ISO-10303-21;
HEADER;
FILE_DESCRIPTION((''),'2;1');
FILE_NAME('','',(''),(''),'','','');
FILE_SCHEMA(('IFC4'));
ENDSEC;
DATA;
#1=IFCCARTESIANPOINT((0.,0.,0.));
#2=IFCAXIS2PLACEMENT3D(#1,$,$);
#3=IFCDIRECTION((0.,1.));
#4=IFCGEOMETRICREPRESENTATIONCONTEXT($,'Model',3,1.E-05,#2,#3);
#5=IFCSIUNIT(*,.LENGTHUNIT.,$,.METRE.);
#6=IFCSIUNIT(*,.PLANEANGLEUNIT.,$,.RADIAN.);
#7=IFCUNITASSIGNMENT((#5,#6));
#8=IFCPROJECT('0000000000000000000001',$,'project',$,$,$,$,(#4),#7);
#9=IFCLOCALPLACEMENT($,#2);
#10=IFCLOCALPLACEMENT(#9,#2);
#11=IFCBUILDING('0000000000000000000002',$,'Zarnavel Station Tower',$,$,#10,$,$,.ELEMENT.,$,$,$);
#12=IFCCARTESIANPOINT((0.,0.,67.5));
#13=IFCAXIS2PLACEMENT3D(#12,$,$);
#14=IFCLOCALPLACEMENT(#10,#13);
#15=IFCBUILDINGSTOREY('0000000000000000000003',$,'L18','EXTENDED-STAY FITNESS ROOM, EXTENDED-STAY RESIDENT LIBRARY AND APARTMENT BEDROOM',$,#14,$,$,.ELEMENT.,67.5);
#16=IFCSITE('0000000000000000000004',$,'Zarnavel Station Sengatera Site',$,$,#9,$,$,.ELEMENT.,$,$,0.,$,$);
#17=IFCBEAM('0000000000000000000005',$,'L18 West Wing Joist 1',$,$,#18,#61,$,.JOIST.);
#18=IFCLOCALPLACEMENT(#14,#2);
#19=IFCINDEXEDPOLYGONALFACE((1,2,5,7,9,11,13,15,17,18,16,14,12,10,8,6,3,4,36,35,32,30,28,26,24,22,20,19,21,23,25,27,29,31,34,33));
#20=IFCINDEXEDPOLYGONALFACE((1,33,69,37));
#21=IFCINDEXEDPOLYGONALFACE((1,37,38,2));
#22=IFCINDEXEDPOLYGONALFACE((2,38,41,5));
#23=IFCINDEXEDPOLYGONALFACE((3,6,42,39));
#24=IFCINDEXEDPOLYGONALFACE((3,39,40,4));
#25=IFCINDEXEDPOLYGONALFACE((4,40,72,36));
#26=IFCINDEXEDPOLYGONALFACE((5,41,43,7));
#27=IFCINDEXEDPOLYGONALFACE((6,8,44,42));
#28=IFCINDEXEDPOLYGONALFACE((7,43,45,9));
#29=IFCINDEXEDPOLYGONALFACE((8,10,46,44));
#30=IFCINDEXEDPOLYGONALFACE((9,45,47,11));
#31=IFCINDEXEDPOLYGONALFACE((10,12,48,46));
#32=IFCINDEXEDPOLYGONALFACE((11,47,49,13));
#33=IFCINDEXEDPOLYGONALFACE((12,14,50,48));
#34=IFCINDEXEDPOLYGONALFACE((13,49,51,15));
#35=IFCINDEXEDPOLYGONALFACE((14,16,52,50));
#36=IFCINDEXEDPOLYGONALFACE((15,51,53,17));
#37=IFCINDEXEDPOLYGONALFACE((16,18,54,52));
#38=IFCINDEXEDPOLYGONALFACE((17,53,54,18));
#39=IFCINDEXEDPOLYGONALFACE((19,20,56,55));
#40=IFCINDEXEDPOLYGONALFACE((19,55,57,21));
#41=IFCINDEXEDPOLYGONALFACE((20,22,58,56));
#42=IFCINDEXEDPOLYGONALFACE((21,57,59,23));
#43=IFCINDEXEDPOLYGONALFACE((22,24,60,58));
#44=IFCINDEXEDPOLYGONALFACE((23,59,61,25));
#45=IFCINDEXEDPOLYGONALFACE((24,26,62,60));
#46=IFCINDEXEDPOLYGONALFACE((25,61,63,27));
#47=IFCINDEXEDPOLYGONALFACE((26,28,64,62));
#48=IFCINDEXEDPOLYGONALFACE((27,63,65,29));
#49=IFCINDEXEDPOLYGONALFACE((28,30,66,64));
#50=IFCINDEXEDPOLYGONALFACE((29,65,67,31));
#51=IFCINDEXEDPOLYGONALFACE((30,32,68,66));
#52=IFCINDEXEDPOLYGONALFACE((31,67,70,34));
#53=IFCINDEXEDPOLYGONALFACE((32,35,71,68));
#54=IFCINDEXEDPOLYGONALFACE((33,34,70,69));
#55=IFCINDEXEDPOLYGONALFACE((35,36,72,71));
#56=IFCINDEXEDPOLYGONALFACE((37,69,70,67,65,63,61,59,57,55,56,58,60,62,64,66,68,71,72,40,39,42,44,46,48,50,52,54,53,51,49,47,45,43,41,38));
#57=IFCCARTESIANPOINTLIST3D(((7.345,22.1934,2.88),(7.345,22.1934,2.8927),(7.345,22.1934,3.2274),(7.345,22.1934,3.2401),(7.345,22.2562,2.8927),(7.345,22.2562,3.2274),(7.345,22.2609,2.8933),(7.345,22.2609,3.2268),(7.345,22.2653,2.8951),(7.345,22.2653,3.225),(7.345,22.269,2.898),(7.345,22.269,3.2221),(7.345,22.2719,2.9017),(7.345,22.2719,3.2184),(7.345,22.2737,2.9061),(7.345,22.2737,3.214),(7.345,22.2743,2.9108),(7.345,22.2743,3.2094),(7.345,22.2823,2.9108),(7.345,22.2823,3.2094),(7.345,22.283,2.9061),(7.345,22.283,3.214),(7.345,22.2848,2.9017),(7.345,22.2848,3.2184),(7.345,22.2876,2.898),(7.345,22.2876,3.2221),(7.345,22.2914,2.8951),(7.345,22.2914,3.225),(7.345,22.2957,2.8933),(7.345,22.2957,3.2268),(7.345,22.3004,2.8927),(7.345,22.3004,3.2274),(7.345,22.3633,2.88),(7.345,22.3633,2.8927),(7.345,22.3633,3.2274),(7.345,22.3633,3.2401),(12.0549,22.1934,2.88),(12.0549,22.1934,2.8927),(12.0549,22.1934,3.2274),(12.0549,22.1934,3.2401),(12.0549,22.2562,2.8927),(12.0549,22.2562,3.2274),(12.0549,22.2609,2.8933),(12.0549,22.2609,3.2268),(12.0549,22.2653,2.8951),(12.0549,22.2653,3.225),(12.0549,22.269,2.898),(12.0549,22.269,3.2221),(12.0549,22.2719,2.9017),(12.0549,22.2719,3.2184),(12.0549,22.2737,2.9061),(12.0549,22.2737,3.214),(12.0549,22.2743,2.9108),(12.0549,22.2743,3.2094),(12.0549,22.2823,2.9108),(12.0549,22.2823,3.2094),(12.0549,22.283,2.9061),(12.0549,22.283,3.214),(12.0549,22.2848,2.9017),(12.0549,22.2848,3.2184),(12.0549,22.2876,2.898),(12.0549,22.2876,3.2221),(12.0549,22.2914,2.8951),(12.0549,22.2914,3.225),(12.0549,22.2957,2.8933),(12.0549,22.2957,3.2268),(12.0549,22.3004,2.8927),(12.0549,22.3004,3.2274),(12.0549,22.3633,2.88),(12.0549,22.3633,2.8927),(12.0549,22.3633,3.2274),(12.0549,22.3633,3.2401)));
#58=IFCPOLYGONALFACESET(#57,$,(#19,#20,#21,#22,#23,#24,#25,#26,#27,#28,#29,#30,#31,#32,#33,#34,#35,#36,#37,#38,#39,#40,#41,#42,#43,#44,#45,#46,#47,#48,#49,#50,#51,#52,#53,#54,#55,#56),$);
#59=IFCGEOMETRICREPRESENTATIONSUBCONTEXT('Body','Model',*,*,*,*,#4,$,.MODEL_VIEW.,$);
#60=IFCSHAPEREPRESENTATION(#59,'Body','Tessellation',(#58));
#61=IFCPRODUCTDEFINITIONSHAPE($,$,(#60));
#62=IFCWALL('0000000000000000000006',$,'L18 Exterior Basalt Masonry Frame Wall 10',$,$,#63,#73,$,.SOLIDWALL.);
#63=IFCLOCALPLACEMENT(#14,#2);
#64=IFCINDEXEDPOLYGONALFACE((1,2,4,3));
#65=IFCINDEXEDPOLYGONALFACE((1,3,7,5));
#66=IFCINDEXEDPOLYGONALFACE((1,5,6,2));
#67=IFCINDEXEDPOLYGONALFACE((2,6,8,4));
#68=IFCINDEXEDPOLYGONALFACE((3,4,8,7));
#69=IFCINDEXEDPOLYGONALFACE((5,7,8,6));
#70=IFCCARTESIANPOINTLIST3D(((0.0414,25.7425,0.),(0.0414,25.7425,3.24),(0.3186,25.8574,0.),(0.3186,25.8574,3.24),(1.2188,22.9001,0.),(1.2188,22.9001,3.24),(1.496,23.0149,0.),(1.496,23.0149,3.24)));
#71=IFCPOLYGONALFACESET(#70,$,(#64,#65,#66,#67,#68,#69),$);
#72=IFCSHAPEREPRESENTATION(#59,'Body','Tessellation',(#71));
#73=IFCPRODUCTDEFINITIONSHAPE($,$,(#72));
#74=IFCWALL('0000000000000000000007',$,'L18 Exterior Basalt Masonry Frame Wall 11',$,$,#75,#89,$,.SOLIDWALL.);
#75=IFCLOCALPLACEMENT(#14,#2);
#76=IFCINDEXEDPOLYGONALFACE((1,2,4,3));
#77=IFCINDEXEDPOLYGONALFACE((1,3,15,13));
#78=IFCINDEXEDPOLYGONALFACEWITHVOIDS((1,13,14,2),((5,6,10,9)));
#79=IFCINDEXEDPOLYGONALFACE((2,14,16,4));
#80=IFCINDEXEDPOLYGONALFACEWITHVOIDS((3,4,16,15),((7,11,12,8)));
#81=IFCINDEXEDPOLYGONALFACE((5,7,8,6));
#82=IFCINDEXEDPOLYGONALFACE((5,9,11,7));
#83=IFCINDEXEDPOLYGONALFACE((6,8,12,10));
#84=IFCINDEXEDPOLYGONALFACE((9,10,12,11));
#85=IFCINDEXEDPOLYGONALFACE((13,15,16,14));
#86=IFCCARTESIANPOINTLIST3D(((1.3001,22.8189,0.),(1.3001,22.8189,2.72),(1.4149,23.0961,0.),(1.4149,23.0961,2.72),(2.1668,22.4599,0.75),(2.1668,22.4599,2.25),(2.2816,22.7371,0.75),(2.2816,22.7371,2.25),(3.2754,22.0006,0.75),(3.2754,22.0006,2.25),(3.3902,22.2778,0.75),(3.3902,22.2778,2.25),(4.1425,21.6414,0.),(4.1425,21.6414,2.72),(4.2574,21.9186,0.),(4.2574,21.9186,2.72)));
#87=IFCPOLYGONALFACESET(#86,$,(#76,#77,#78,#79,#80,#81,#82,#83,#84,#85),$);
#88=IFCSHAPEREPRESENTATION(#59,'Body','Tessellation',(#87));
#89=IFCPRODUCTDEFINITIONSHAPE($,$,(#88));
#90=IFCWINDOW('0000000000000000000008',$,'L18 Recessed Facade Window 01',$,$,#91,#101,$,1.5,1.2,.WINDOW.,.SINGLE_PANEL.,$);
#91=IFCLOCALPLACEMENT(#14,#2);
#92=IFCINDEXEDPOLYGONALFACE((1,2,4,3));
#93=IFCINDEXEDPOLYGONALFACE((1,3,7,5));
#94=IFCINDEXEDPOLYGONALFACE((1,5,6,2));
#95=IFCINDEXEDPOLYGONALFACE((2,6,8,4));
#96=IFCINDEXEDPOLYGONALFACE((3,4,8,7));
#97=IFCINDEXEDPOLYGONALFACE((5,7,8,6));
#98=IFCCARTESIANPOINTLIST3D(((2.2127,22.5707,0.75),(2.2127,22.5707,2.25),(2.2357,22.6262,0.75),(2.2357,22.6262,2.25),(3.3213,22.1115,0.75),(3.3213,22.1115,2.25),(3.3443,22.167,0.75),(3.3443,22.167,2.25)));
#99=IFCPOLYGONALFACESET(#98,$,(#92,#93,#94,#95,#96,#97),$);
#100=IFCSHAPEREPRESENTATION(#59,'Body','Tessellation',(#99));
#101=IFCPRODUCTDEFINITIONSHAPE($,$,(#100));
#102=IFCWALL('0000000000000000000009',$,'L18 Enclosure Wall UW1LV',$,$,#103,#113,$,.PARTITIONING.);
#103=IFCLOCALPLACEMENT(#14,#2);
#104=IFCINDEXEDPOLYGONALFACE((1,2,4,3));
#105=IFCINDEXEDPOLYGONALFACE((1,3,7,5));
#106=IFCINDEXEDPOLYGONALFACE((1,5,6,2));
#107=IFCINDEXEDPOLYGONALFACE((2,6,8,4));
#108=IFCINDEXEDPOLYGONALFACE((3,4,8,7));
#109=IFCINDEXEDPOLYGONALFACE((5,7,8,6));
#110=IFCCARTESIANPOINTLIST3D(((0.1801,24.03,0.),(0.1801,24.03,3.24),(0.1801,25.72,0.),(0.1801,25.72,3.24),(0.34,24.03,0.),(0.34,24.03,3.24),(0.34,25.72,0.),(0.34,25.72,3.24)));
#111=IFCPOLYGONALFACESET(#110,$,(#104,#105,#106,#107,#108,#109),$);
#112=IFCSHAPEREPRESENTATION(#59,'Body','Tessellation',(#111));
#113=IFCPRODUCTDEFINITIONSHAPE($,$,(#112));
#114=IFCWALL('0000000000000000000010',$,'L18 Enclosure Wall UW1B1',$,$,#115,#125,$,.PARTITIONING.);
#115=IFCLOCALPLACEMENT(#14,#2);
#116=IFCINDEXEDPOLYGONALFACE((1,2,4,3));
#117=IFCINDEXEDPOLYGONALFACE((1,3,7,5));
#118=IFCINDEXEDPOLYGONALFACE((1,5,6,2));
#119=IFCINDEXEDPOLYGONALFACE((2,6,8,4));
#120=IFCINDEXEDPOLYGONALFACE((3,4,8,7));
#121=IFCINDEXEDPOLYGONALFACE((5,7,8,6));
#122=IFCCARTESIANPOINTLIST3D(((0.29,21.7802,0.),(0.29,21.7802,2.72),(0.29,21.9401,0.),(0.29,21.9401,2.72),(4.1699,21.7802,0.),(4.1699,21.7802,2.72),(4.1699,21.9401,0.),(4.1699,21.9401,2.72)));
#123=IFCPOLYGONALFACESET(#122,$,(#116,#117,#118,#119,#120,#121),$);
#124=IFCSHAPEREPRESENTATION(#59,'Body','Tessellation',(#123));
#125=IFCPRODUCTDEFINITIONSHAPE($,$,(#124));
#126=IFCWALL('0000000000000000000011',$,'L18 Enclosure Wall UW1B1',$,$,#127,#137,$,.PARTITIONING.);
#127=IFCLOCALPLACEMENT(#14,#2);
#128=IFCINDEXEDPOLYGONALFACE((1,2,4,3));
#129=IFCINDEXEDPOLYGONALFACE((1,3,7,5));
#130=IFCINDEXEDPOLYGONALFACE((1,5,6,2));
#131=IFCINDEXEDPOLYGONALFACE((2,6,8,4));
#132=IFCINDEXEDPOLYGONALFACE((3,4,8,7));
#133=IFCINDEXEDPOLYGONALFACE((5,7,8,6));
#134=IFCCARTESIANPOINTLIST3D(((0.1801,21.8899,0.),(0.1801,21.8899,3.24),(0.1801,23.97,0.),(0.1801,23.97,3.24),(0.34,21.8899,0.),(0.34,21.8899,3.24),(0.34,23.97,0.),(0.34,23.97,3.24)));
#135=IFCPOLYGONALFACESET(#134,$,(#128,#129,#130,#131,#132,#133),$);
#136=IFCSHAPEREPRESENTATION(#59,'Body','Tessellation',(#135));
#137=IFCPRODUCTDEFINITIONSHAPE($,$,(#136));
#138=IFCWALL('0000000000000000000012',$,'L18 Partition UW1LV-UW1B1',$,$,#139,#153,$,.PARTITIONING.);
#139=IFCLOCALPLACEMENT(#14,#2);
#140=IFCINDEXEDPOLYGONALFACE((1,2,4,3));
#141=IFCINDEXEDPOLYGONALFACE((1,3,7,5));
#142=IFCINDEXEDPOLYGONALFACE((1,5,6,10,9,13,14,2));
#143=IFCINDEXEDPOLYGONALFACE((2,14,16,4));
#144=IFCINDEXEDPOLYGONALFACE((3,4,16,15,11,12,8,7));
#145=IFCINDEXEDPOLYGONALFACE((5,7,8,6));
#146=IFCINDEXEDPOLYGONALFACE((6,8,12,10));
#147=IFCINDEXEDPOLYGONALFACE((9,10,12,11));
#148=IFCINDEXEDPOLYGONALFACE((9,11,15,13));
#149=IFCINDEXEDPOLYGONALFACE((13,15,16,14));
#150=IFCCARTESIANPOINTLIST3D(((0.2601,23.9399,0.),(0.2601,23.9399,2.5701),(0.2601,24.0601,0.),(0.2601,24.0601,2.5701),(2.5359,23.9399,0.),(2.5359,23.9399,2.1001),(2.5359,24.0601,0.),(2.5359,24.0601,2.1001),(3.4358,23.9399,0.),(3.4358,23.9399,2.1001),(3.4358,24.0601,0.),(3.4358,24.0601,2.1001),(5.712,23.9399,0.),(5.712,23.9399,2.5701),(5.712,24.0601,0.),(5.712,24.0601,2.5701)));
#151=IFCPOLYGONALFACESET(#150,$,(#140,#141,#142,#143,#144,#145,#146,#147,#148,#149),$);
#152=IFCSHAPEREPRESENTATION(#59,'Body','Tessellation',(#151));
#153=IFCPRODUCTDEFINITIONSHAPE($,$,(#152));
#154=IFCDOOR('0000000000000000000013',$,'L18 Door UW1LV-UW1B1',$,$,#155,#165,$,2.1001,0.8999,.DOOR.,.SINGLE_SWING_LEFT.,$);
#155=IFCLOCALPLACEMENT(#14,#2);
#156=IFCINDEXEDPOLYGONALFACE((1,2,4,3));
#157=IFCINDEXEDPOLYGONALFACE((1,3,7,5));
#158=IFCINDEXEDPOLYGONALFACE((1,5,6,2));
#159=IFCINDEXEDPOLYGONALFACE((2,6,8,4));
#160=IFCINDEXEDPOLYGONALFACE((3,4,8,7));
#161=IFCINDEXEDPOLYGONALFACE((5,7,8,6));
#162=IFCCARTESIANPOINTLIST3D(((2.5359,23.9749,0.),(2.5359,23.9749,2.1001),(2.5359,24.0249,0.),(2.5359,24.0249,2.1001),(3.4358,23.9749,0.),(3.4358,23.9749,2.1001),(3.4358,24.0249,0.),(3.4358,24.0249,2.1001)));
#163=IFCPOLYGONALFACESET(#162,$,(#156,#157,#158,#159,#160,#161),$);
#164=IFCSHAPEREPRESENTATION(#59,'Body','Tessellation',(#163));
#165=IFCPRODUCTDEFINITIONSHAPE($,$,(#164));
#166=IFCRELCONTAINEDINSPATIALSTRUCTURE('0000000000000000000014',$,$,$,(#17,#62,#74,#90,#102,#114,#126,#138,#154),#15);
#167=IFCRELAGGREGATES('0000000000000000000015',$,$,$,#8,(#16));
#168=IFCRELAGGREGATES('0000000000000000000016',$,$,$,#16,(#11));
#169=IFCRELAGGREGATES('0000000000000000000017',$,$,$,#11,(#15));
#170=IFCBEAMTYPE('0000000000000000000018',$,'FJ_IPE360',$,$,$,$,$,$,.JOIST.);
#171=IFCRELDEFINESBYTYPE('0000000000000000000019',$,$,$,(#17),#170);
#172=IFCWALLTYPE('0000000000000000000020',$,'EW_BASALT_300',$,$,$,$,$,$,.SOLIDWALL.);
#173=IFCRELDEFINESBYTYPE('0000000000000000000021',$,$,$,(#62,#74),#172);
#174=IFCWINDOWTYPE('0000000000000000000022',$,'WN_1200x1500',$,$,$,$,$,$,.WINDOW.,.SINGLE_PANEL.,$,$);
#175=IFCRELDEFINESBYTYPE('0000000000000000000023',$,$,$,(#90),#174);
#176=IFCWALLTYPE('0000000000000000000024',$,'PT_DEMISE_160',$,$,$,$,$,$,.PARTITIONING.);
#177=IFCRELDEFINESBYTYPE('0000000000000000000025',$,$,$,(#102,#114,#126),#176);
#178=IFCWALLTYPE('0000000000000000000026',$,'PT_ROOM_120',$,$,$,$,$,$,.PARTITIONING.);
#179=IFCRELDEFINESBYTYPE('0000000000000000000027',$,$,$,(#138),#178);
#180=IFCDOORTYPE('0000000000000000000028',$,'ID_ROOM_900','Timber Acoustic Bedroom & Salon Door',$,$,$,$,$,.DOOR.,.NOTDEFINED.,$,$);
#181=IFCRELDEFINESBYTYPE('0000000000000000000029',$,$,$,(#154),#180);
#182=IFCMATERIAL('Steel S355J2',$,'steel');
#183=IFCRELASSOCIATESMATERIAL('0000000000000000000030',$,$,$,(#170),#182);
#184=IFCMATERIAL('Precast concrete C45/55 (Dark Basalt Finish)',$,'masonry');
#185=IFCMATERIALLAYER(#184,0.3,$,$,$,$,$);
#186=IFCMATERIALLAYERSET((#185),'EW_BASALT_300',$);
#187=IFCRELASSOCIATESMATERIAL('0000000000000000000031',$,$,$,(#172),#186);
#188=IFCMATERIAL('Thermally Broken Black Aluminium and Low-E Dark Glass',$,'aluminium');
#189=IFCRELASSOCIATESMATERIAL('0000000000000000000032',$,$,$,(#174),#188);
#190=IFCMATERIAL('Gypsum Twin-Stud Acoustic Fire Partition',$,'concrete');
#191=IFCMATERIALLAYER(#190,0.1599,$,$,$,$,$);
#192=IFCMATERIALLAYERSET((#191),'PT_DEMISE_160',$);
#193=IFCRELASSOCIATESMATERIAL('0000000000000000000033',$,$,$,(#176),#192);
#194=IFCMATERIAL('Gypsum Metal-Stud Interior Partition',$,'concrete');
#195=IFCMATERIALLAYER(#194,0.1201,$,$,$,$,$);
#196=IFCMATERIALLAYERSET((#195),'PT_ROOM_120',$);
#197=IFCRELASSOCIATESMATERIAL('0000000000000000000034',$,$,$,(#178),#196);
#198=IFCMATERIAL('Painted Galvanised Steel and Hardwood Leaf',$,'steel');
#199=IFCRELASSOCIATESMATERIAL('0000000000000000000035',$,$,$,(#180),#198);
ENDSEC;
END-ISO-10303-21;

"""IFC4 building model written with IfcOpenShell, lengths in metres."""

from ifc_helpers import new_model, si_unit, direction, frame, frame_2d, origin, origin_2d, place, context, subcontext, project, spatial, rectangle, i_section, extrude, material, layer, layer_set, material_profile, profile_set, type_object, element, fill, save


model = new_model("IFC4")

# Units and contexts
model_context = context("Model", 3, precision=1e-05, world=origin(), true_north=direction((0.0, 1.0)))
body_context = subcontext(model_context, "Body", "Model", "MODEL_VIEW")
ifc_project = project(units=[si_unit("LENGTHUNIT", "METRE"), si_unit("PLANEANGLEUNIT", "RADIAN")], contexts=[model_context])

# Site, building, storey
site_placement = place(None, origin())
site = spatial("IfcSite", under=ifc_project, at=site_placement, Name="Zarnavel Station Sengatera Site", CompositionType="ELEMENT", RefElevation=0.0)
building_placement = place(site_placement, origin())
building = spatial("IfcBuilding", under=site, at=building_placement, Name="Zarnavel Station Tower", CompositionType="ELEMENT")
storey_placement = place(building_placement, frame((0.0, 0.0, 67.5)))
storey = spatial("IfcBuildingStorey", under=building, at=storey_placement, Name="L18", Description="EXTENDED-STAY FITNESS ROOM, EXTENDED-STAY RESIDENT LIBRARY AND APARTMENT BEDROOM", CompositionType="ELEMENT", Elevation=67.5)

# Beam
ifc_material_1 = material(Name="Steel S355J2", Category="steel")
ifc_material_profile_1 = material_profile(ifc_material_1, i_section(OverallWidth=0.1699, OverallDepth=0.3601, WebThickness=0.0081, FlangeThickness=0.0127, FilletRadius=0.0181, at=origin_2d()), Name="IPE360")
ifc_profile_set_1 = profile_set([ifc_material_profile_1], Name="Steel S355J2")
beam_type_1 = type_object("IfcBeamType", Name="FJ_IPE360", PredefinedType="JOIST", material=ifc_profile_set_1)
beam_1_placement = place(storey_placement, frame((7.345, 22.2783, 3.0601), z_axis=(1.0, 0.0, 0.0), x_axis=(0.0, 1.0, 0.0)))
element("IfcBeam", 1, at=beam_1_placement, inside=storey, type_object=beam_type_1, Name="L18 West Wing Joist 1", PredefinedType="JOIST", context=body_context, shape_type="SweptSolid", body=[
    extrude(i_section(OverallWidth=0.1699, OverallDepth=0.3601, WebThickness=0.0081, FlangeThickness=0.0127, FilletRadius=0.0181, at=origin_2d()), origin(), (0.0, 0.0, 1.0), 4.71),
])

# Wall
ifc_material_2 = material(Name="Precast concrete C45/55 (Dark Basalt Finish)", Category="masonry")
ifc_layer_1 = layer(ifc_material_2, 0.3)
ifc_layer_set_1 = layer_set([ifc_layer_1], Name="EW_BASALT_300")
wall_type_1 = type_object("IfcWallType", Name="EW_BASALT_300", PredefinedType="SOLIDWALL", material=ifc_layer_set_1)
wall_1_placement = place(storey_placement, frame((1.3574, 22.9575, 0.0), z_axis=(0.0, 0.0, 1.0), x_axis=(-0.382705, 0.923871, 0.0)))
element("IfcWall", 2, at=wall_1_placement, inside=storey, type_object=wall_type_1, Name="L18 Exterior Basalt Masonry Frame Wall 10", PredefinedType="SOLIDWALL", context=body_context, shape_type="SweptSolid", body=[
    extrude(rectangle(XDim=3.0767, YDim=0.3, at=frame_2d((1.5383, 0.0))), origin(), (0.0, 0.0, 1.0), 3.24),
])

# Wall, opening, window
wall_2_placement = place(storey_placement, frame((4.2, 21.78, 0.0), z_axis=(0.0, 0.0, 1.0), x_axis=(-0.923871, 0.382705, 0.0)))
wall_2 = element("IfcWall", 3, at=wall_2_placement, inside=storey, type_object=wall_type_1, Name="L18 Exterior Basalt Masonry Frame Wall 11", PredefinedType="SOLIDWALL", context=body_context, shape_type="SweptSolid", body=[
    extrude(rectangle(XDim=3.0767, YDim=0.3, at=frame_2d((1.5383, 0.0))), origin(), (0.0, 0.0, 1.0), 2.72),
])
opening_1_placement = place(wall_2_placement, frame((0.9385, 0.0, 0.75)))
opening_1 = element("IfcOpeningElement", 4, at=opening_1_placement, cuts=wall_2, PredefinedType="OPENING", context=body_context, shape_type="SweptSolid", body=[
    extrude(rectangle(XDim=1.2, YDim=1.5, at=frame_2d((0.6001, 0.75))), frame((0.0, 0.1599, 0.0), z_axis=(0.0, -1.0, 0.0), x_axis=(1.0, 0.0, 0.0)), (0.0, 0.0, 1.0), 0.3201),
])
ifc_material_3 = material(Name="Thermally Broken Black Aluminium and Low-E Dark Glass", Category="aluminium")
window_type = type_object("IfcWindowType", Name="WN_1200x1500", PartitioningType="SINGLE_PANEL", PredefinedType="WINDOW", material=ifc_material_3)
window_placement = place(opening_1_placement, origin())
window = element("IfcWindow", 5, at=window_placement, inside=storey, type_object=window_type, Name="L18 Recessed Facade Window 01", OverallHeight=1.5, OverallWidth=1.2, PartitioningType="SINGLE_PANEL", PredefinedType="WINDOW", context=body_context, shape_type="SweptSolid", body=[
    extrude(rectangle(XDim=1.2, YDim=1.5, at=frame_2d((0.6001, 0.75))), frame((0.0, 0.03, 0.0), z_axis=(0.0, -1.0, 0.0), x_axis=(1.0, 0.0, 0.0)), (0.0, 0.0, 1.0), 0.0601),
])
fill(opening_1, window)

# Walls
ifc_material_4 = material(Name="Gypsum Twin-Stud Acoustic Fire Partition", Category="concrete")
ifc_layer_2 = layer(ifc_material_4, 0.1599)
ifc_layer_set_2 = layer_set([ifc_layer_2], Name="PT_DEMISE_160")
wall_type_2 = type_object("IfcWallType", Name="PT_DEMISE_160", PredefinedType="PARTITIONING", material=ifc_layer_set_2)
wall_3_placement = place(storey_placement, frame((0.26, 24.03, 0.0), z_axis=(0.0, 0.0, 1.0), x_axis=(0.0, 1.0, 0.0)))
element("IfcWall", 6, at=wall_3_placement, inside=storey, type_object=wall_type_2, Name="L18 Enclosure Wall UW1LV", PredefinedType="PARTITIONING", context=body_context, shape_type="SweptSolid", body=[
    extrude(rectangle(XDim=1.6899, YDim=0.1599, at=frame_2d((0.845, 0.0))), origin(), (0.0, 0.0, 1.0), 3.24),
])
wall_4_placement = place(storey_placement, frame((0.29, 21.8601, 0.0), z_axis=(0.0, 0.0, 1.0), x_axis=(1.0, 0.0, 0.0)))
element("IfcWall", 7, at=wall_4_placement, inside=storey, type_object=wall_type_2, Name="L18 Enclosure Wall UW1B1", PredefinedType="PARTITIONING", context=body_context, shape_type="SweptSolid", body=[
    extrude(rectangle(XDim=3.8799, YDim=0.1599, at=frame_2d((1.9399, 0.0))), origin(), (0.0, 0.0, 1.0), 2.72),
])
wall_5_placement = place(storey_placement, frame((0.26, 21.8899, 0.0), z_axis=(0.0, 0.0, 1.0), x_axis=(0.0, 1.0, 0.0)))
element("IfcWall", 8, at=wall_5_placement, inside=storey, type_object=wall_type_2, Name="L18 Enclosure Wall UW1B1", PredefinedType="PARTITIONING", context=body_context, shape_type="SweptSolid", body=[
    extrude(rectangle(XDim=2.0801, YDim=0.1599, at=frame_2d((1.04, 0.0))), origin(), (0.0, 0.0, 1.0), 3.24),
])

# Wall, opening, door
ifc_material_5 = material(Name="Gypsum Metal-Stud Interior Partition", Category="concrete")
ifc_layer_3 = layer(ifc_material_5, 0.1201)
ifc_layer_set_3 = layer_set([ifc_layer_3], Name="PT_ROOM_120")
wall_type_3 = type_object("IfcWallType", Name="PT_ROOM_120", PredefinedType="PARTITIONING", material=ifc_layer_set_3)
wall_6_placement = place(storey_placement, frame((0.26, 24.0, 0.0), z_axis=(0.0, 0.0, 1.0), x_axis=(1.0, 0.0, 0.0)))
wall_6 = element("IfcWall", 9, at=wall_6_placement, inside=storey, type_object=wall_type_3, Name="L18 Partition UW1LV-UW1B1", PredefinedType="PARTITIONING", context=body_context, shape_type="SweptSolid", body=[
    extrude(rectangle(XDim=5.4519, YDim=0.1201, at=frame_2d((2.7261, 0.0))), origin(), (0.0, 0.0, 1.0), 2.5701),
])
opening_2_placement = place(wall_6_placement, frame((2.2759, 0.0, 0.0)))
opening_2 = element("IfcOpeningElement", 10, at=opening_2_placement, cuts=wall_6, PredefinedType="OPENING", context=body_context, shape_type="SweptSolid", body=[
    extrude(rectangle(XDim=0.8999, YDim=2.1001, at=frame_2d((0.45, 1.05))), frame((0.0, 0.0701, 0.0), z_axis=(0.0, -1.0, 0.0), x_axis=(1.0, 0.0, 0.0)), (0.0, 0.0, 1.0), 0.1401),
])
ifc_material_6 = material(Name="Painted Galvanised Steel and Hardwood Leaf", Category="steel")
door_type_1 = type_object("IfcDoorType", Name="ID_ROOM_900", Description="Timber Acoustic Bedroom & Salon Door", OperationType="NOTDEFINED", PredefinedType="DOOR", material=ifc_material_6)
door_1_placement = place(opening_2_placement, origin())
door_1 = element("IfcDoor", 11, at=door_1_placement, inside=storey, type_object=door_type_1, Name="L18 Door UW1LV-UW1B1", OperationType="SINGLE_SWING_LEFT", OverallHeight=2.1001, OverallWidth=0.8999, PredefinedType="DOOR", context=body_context, shape_type="SweptSolid", body=[
    extrude(rectangle(XDim=0.8999, YDim=2.1001, at=frame_2d((0.45, 1.05))), frame((0.0, 0.0249, 0.0), z_axis=(0.0, -1.0, 0.0), x_axis=(1.0, 0.0, 0.0)), (0.0, 0.0, 1.0), 0.05),
])
fill(opening_2, door_1)

save(model, "model.ifc")
